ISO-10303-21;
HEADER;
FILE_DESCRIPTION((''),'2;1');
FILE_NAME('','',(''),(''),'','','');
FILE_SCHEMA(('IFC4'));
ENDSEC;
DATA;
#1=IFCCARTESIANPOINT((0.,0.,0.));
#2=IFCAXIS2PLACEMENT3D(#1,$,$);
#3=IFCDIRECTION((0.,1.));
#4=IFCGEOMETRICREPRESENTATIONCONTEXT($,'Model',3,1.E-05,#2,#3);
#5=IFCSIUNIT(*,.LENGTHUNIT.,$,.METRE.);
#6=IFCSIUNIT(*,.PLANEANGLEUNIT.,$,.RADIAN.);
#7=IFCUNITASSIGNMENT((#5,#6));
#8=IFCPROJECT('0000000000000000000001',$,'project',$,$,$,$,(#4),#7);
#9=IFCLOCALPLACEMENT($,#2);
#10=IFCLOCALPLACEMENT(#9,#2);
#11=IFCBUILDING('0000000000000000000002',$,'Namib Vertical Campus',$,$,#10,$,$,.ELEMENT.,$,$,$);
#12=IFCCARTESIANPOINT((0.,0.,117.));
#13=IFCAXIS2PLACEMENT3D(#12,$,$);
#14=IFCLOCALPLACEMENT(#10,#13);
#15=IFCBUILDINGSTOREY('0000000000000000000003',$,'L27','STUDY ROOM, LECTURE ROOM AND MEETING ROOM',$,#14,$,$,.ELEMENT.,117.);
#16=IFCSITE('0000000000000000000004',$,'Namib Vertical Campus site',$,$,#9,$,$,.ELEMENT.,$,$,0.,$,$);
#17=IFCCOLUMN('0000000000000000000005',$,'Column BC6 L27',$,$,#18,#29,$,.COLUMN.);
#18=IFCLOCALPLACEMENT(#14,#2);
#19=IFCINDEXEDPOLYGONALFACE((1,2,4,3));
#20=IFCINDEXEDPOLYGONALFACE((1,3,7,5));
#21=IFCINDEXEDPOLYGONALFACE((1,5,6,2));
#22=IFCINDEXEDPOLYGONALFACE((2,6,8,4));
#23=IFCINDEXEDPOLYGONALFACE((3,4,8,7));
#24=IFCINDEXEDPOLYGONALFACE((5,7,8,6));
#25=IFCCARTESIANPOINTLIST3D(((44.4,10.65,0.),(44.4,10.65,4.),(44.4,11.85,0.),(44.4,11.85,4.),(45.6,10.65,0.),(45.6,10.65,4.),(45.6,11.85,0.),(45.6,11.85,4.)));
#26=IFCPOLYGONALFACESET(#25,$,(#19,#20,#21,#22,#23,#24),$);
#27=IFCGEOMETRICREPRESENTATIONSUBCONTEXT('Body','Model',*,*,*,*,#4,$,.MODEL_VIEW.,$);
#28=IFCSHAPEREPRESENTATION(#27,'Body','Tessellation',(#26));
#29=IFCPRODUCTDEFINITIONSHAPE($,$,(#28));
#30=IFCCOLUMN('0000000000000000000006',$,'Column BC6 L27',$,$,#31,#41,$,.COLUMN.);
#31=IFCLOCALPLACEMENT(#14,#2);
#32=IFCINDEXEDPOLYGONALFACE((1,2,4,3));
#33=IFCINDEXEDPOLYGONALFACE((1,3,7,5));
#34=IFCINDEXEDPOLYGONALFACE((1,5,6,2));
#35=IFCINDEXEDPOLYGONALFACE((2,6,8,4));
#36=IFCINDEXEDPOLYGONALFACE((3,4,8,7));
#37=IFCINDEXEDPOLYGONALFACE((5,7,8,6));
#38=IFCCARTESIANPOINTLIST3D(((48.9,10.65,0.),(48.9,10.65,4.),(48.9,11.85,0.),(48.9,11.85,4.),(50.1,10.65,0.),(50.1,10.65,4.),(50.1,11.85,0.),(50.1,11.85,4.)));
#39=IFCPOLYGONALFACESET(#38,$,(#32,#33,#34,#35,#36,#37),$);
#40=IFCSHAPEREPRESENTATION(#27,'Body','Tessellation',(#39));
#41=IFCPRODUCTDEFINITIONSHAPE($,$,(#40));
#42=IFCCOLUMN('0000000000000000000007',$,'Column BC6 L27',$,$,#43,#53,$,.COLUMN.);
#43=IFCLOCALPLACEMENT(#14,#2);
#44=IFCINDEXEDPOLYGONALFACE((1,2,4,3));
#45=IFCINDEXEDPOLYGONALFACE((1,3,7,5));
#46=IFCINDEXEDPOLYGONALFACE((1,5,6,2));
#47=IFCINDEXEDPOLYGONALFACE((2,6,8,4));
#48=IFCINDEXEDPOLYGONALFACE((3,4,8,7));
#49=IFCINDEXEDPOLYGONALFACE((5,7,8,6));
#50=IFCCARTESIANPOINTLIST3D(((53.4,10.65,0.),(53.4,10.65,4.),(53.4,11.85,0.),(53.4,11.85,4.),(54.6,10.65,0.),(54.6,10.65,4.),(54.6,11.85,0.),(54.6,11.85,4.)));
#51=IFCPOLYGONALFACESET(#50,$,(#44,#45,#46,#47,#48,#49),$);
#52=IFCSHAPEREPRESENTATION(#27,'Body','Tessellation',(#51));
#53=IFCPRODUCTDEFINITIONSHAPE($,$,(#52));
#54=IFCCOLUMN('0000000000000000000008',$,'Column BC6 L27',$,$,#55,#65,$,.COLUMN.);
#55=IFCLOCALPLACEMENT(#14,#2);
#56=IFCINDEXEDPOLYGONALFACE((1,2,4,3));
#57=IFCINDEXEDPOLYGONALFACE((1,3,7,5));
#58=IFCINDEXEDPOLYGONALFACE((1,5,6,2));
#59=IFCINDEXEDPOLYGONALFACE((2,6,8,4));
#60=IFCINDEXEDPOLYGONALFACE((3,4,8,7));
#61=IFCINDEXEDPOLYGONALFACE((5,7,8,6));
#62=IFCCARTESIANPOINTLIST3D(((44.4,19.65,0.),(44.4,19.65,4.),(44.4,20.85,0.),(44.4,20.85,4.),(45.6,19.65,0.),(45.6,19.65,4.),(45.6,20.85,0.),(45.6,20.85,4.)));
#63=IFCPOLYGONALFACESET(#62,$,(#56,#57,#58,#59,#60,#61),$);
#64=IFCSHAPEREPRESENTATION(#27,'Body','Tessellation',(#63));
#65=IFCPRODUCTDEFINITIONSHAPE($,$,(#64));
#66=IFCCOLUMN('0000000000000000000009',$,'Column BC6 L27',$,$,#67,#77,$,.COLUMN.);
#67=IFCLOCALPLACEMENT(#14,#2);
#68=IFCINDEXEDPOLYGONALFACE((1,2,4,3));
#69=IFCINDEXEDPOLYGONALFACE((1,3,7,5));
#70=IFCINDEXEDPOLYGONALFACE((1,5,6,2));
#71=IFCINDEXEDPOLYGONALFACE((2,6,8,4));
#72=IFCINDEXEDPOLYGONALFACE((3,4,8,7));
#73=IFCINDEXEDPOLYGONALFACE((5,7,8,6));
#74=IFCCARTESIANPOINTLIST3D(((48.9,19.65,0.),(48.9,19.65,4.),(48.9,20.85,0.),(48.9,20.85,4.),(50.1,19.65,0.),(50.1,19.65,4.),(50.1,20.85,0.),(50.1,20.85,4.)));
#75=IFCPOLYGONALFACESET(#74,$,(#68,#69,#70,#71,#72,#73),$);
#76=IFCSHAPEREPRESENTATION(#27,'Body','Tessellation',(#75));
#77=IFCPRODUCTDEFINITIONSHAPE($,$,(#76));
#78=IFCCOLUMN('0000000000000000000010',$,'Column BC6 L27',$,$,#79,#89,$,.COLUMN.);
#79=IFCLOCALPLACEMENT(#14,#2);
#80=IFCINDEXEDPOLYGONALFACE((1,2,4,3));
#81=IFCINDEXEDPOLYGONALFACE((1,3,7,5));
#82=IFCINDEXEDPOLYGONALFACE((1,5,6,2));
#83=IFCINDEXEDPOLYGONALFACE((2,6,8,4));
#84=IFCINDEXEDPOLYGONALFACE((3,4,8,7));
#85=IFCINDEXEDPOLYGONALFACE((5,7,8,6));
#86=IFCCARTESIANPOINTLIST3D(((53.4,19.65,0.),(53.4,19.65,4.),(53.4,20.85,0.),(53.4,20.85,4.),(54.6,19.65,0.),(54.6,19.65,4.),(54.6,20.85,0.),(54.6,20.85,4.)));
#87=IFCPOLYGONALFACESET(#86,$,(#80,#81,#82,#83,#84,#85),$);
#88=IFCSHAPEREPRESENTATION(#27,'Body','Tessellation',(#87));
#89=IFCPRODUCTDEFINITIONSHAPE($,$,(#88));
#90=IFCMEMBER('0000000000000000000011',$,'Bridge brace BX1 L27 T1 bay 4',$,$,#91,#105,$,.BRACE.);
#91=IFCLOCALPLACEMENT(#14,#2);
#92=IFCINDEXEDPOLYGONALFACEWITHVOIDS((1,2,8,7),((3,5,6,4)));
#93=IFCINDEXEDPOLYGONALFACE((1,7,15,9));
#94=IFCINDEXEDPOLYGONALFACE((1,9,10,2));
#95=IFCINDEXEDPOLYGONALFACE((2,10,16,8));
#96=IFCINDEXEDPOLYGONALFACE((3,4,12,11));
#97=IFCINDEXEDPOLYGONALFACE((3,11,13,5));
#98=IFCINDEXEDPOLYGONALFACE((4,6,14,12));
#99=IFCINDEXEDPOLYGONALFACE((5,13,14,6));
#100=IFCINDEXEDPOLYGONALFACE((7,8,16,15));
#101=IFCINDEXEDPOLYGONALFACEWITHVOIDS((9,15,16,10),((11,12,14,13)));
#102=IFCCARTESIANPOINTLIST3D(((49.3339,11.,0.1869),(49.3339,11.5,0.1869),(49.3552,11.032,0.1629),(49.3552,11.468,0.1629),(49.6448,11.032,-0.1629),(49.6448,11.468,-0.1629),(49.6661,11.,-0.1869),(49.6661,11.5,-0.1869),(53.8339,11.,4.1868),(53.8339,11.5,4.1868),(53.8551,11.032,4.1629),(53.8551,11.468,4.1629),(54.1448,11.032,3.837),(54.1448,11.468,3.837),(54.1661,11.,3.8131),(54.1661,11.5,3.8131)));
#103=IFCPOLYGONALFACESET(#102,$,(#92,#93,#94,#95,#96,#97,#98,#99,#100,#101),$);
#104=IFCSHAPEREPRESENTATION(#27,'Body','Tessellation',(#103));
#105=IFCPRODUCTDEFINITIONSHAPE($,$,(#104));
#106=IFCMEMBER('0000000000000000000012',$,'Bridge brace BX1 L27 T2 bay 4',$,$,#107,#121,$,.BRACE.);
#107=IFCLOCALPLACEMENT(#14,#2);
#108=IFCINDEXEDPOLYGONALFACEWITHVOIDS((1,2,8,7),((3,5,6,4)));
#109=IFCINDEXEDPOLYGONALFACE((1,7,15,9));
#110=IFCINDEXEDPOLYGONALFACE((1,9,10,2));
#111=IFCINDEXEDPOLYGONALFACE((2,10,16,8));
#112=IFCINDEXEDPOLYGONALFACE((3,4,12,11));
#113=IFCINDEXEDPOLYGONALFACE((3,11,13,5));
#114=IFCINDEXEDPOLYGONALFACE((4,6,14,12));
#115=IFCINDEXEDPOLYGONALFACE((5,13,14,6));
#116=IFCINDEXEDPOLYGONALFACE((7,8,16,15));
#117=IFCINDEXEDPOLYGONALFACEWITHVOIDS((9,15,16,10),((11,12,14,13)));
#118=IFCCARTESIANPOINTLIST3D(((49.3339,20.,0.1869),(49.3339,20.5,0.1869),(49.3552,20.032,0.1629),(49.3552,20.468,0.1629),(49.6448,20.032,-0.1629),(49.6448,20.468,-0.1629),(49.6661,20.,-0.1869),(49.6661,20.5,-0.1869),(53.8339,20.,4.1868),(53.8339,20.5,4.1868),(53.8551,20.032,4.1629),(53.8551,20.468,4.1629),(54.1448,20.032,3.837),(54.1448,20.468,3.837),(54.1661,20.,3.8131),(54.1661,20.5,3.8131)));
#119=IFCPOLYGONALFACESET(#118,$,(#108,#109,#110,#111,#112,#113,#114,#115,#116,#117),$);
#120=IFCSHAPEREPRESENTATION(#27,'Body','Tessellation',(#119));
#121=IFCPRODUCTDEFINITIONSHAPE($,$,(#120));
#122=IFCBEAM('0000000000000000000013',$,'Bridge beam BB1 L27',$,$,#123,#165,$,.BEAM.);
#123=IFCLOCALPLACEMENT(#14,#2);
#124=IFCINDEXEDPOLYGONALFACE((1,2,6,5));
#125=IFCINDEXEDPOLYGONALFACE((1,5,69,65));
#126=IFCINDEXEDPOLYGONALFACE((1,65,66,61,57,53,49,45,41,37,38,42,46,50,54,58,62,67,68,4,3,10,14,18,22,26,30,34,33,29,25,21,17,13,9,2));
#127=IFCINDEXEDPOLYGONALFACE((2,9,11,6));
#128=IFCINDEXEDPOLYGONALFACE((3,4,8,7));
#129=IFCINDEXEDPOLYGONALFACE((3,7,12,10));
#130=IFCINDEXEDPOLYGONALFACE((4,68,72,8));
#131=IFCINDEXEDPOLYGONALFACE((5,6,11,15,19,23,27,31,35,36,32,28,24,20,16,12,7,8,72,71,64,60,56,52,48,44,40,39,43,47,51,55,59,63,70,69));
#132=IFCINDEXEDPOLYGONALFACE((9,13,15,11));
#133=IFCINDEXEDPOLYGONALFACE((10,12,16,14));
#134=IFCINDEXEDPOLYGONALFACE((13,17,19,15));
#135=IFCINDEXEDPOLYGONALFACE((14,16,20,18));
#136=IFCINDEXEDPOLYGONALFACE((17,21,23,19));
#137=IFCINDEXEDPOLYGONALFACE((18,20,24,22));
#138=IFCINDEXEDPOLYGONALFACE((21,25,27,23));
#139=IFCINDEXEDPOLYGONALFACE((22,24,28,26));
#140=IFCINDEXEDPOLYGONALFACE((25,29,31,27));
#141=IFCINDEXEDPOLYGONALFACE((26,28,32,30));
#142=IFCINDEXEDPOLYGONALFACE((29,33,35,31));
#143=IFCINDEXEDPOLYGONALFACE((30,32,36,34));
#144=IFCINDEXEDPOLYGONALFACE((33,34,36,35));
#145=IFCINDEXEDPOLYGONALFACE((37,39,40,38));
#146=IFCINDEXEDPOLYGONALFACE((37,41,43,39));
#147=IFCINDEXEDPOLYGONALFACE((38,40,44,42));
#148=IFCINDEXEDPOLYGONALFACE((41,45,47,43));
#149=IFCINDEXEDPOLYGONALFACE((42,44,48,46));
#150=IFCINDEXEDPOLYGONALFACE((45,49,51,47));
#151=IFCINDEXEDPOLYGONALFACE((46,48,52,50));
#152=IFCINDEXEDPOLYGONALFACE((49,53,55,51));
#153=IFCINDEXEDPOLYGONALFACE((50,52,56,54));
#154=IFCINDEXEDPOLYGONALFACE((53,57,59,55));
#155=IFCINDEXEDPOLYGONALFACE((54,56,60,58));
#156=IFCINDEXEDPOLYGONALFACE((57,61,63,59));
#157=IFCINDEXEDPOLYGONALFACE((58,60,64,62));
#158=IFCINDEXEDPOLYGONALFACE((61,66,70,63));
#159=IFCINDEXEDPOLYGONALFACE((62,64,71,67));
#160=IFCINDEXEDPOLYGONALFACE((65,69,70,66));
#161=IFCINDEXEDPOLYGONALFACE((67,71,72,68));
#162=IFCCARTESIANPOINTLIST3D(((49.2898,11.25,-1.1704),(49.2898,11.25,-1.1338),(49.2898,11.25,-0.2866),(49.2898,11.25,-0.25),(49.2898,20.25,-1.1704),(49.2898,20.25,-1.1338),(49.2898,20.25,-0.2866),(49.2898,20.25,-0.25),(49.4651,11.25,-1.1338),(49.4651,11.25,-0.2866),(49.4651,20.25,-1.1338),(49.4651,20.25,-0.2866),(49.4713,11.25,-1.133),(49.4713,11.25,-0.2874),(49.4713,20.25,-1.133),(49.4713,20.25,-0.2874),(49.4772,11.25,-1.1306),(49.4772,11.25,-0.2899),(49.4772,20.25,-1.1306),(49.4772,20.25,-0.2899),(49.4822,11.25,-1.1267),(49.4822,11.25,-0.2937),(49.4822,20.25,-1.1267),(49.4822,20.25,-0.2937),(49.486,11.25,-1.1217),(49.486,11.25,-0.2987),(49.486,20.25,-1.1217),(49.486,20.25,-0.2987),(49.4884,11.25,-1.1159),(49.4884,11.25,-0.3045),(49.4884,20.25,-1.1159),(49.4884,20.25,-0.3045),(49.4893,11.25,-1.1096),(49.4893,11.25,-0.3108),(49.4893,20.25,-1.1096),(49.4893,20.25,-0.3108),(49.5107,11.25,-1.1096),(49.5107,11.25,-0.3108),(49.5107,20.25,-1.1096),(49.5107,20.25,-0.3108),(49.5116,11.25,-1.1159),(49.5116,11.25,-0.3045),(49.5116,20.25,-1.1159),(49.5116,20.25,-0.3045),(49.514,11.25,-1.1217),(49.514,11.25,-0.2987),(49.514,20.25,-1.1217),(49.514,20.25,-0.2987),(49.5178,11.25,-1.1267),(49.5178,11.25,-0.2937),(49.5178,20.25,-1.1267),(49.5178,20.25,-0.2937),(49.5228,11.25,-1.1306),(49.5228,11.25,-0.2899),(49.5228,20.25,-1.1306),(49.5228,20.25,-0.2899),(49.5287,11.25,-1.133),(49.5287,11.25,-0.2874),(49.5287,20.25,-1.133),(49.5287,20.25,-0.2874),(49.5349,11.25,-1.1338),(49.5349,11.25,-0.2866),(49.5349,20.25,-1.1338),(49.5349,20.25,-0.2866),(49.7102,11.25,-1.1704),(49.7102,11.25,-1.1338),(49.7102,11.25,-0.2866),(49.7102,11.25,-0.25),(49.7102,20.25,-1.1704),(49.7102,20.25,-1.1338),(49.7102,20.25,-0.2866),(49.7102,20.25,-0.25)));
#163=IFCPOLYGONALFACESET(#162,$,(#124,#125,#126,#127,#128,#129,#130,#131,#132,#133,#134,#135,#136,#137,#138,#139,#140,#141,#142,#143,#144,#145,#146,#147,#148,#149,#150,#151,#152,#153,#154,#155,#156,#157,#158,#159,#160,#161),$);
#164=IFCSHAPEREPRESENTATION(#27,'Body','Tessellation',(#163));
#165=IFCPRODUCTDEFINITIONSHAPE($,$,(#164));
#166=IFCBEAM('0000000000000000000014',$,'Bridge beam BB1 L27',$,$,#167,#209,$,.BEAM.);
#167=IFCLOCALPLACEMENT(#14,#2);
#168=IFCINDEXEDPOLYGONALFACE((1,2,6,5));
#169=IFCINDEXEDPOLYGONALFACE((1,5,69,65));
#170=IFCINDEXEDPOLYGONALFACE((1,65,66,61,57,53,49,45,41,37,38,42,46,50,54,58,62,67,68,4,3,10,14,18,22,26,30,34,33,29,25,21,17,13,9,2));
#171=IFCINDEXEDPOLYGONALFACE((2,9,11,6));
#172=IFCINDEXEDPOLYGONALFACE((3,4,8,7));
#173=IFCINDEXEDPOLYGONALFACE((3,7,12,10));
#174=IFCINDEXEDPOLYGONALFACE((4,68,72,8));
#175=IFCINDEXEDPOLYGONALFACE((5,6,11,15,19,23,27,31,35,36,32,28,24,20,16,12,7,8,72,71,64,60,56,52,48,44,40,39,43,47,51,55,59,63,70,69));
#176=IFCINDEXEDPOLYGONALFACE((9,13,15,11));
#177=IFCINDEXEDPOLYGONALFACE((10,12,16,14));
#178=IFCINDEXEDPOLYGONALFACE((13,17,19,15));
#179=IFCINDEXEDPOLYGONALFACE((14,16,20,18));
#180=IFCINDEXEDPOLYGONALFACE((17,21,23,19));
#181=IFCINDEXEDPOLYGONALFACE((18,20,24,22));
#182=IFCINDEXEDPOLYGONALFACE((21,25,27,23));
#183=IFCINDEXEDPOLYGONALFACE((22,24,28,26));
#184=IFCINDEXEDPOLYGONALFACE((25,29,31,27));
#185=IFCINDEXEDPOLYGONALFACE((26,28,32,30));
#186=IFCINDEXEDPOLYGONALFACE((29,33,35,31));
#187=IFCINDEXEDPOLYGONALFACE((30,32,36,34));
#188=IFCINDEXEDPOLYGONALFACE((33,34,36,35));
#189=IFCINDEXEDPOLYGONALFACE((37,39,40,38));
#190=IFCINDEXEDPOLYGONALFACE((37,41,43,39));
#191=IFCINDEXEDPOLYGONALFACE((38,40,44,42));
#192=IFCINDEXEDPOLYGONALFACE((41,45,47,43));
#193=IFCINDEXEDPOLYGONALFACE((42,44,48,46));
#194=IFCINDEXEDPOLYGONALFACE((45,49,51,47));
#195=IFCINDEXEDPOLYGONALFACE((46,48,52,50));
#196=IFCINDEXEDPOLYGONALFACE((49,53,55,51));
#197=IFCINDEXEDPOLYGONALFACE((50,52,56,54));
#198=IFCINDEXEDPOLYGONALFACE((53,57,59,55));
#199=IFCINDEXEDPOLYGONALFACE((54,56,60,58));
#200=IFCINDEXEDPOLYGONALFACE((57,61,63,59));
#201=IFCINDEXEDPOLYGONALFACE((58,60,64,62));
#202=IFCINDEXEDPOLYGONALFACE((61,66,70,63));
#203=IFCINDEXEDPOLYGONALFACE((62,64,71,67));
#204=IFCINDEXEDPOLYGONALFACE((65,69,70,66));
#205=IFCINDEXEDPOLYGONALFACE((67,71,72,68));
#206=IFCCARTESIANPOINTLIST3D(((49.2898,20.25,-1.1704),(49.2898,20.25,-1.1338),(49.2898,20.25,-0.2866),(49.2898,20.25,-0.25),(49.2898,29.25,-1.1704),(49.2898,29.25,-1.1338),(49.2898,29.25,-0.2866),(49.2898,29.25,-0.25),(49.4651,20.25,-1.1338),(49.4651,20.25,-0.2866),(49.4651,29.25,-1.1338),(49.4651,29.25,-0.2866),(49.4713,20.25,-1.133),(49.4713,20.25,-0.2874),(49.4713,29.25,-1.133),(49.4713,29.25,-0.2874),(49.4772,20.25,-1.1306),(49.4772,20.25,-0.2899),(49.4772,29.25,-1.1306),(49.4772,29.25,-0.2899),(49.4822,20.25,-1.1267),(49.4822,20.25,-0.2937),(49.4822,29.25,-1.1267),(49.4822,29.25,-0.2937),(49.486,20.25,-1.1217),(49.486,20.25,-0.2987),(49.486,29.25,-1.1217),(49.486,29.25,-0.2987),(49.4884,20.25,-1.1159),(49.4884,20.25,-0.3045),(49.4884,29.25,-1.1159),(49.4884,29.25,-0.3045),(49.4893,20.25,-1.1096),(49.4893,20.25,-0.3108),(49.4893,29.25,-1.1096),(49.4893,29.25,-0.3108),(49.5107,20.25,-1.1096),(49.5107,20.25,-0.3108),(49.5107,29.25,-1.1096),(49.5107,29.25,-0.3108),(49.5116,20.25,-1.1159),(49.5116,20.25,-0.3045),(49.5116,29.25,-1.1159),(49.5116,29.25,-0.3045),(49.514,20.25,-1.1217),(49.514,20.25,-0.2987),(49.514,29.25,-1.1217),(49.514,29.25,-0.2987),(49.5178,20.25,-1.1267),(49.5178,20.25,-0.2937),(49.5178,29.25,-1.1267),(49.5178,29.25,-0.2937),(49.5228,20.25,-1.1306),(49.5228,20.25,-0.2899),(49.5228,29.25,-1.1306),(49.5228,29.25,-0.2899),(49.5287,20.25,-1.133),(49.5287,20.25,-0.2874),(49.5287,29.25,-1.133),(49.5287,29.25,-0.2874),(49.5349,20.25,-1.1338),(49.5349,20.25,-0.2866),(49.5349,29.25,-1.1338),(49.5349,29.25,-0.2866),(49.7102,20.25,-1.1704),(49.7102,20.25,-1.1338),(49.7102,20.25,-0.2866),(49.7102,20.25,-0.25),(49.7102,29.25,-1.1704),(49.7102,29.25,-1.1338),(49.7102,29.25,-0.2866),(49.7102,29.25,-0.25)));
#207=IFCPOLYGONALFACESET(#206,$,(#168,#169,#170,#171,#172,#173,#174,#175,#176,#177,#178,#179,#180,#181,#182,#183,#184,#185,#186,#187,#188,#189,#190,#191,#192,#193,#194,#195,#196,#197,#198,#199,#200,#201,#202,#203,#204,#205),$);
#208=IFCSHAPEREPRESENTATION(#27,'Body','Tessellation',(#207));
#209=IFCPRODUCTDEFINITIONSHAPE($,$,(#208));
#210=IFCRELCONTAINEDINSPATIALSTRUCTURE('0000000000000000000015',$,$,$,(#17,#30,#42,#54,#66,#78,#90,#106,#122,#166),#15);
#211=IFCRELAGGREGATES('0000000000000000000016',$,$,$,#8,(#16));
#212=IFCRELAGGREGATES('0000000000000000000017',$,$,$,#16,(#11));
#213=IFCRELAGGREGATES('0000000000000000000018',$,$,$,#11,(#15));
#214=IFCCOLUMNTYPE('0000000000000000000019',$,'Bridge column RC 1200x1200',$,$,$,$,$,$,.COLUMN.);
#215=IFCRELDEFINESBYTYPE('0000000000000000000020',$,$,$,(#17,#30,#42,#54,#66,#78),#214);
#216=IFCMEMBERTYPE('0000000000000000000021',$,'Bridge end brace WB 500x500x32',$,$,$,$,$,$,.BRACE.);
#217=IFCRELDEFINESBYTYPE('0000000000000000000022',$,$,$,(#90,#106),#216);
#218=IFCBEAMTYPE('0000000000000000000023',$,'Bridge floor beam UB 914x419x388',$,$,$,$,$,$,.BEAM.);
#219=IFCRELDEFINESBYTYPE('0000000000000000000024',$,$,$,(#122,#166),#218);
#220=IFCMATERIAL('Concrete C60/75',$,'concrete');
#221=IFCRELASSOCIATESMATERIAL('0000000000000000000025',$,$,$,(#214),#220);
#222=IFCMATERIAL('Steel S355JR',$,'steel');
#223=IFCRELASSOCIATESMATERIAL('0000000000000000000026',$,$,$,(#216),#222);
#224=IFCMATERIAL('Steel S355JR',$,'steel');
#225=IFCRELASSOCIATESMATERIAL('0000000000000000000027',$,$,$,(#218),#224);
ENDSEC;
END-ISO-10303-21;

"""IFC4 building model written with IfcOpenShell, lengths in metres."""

from ifc_helpers import new_model, si_unit, direction, frame, origin, origin_2d, place, context, subcontext, project, spatial, rectangle, hollow_rectangle, i_section, extrude, material, material_profile, profile_set, type_object, element, save


model = new_model("IFC4")

# Units and contexts
model_context = context("Model", 3, precision=1e-05, world=origin(), true_north=direction((0.0, 1.0)))
body_context = subcontext(model_context, "Body", "Model", "MODEL_VIEW")
ifc_project = project(units=[si_unit("LENGTHUNIT", "METRE"), si_unit("PLANEANGLEUNIT", "RADIAN")], contexts=[model_context])

# Site, building, storey
site_placement = place(None, origin())
site = spatial("IfcSite", under=ifc_project, at=site_placement, Name="Namib Vertical Campus site", CompositionType="ELEMENT", RefElevation=0.0)
building_placement = place(site_placement, origin())
building = spatial("IfcBuilding", under=site, at=building_placement, Name="Namib Vertical Campus", CompositionType="ELEMENT")
storey_placement = place(building_placement, frame((0.0, 0.0, 117.0)))
storey = spatial("IfcBuildingStorey", under=building, at=storey_placement, Name="L27", Description="STUDY ROOM, LECTURE ROOM AND MEETING ROOM", CompositionType="ELEMENT", Elevation=117.0)

# Columns
ifc_material_1 = material(Name="Concrete C60/75", Category="concrete")
ifc_material_profile_1 = material_profile(ifc_material_1, rectangle(XDim=1.2, YDim=1.2, at=origin_2d()))
ifc_profile_set_1 = profile_set([ifc_material_profile_1], Name="Concrete C60/75")
column_type = type_object("IfcColumnType", Name="Bridge column RC 1200x1200", PredefinedType="COLUMN", material=ifc_profile_set_1)
for number, where, z_axis, x_axis, name in (
    (1, (45.0, 11.25, 0.0), (0.0, 0.0, 1.0), (1.0, 0.0, 0.0), "Column BC6 L27"),
    (2, (49.5, 11.25, 0.0), (0.0, 0.0, 1.0), (1.0, 0.0, 0.0), "Column BC6 L27"),
    (3, (54.0, 11.25, 0.0), (0.0, 0.0, 1.0), (1.0, 0.0, 0.0), "Column BC6 L27"),
    (4, (45.0, 20.25, 0.0), (0.0, 0.0, 1.0), (1.0, 0.0, 0.0), "Column BC6 L27"),
    (5, (49.5, 20.25, 0.0), (0.0, 0.0, 1.0), (1.0, 0.0, 0.0), "Column BC6 L27"),
    (6, (54.0, 20.25, 0.0), (0.0, 0.0, 1.0), (1.0, 0.0, 0.0), "Column BC6 L27"),
):
    element("IfcColumn", number, at=place(storey_placement, frame(where, z_axis=z_axis, x_axis=x_axis)), inside=storey, type_object=column_type, Name=name, PredefinedType="COLUMN", context=body_context, shape_type="SweptSolid", body=[
        extrude(rectangle(XDim=1.2, YDim=1.2, at=origin_2d()), origin(), (0.0, 0.0, 1.0), 4.0),
    ])

# Members
ifc_material_2 = material(Name="Steel S355JR", Category="steel")
ifc_material_profile_2 = material_profile(ifc_material_2, hollow_rectangle(XDim=0.5, YDim=0.5, WallThickness=0.032, at=origin_2d()))
ifc_profile_set_2 = profile_set([ifc_material_profile_2], Name="Steel S355JR")
member_type_1 = type_object("IfcMemberType", Name="Bridge end brace WB 500x500x32", PredefinedType="BRACE", material=ifc_profile_set_2)
for number, where, z_axis, x_axis, name in (
    (7, (49.5, 11.25, 0.0), (0.747409, 0.0, 0.664364), (0.0, 1.0, 0.0), "Bridge brace BX1 L27 T1 bay 4"),
    (8, (49.5, 20.25, 0.0), (0.747409, 0.0, 0.664364), (0.0, 1.0, 0.0), "Bridge brace BX1 L27 T2 bay 4"),
):
    element("IfcMember", number, at=place(storey_placement, frame(where, z_axis=z_axis, x_axis=x_axis)), inside=storey, type_object=member_type_1, Name=name, PredefinedType="BRACE", context=body_context, shape_type="SweptSolid", body=[
        extrude(hollow_rectangle(XDim=0.5, YDim=0.5, WallThickness=0.032, at=origin_2d()), origin(), (0.0, 0.0, 1.0), 6.0208),
    ])

# Beams
ifc_material_3 = material(Name="Steel S355JR", Category="steel")
ifc_material_profile_3 = material_profile(ifc_material_3, i_section(OverallWidth=0.4204, OverallDepth=0.9204, WebThickness=0.0215, FlangeThickness=0.0366, FilletRadius=0.0242, at=origin_2d()))
ifc_profile_set_3 = profile_set([ifc_material_profile_3], Name="Steel S355JR")
beam_type_1 = type_object("IfcBeamType", Name="Bridge floor beam UB 914x419x388", PredefinedType="BEAM", material=ifc_profile_set_3)
for number, where, z_axis, x_axis, name in (
    (9, (49.5, 11.25, -0.7102), (0.0, 1.0, 0.0), (-1.0, 0.0, 0.0), "Bridge beam BB1 L27"),
    (10, (49.5, 20.25, -0.7102), (0.0, 1.0, 0.0), (-1.0, 0.0, 0.0), "Bridge beam BB1 L27"),
):
    element("IfcBeam", number, at=place(storey_placement, frame(where, z_axis=z_axis, x_axis=x_axis)), inside=storey, type_object=beam_type_1, Name=name, PredefinedType="BEAM", context=body_context, shape_type="SweptSolid", body=[
        extrude(i_section(OverallWidth=0.4204, OverallDepth=0.9204, WebThickness=0.0215, FlangeThickness=0.0366, FilletRadius=0.0242, at=origin_2d()), origin(), (0.0, 0.0, 1.0), 9.0),
    ])

save(model, "model.ifc")
